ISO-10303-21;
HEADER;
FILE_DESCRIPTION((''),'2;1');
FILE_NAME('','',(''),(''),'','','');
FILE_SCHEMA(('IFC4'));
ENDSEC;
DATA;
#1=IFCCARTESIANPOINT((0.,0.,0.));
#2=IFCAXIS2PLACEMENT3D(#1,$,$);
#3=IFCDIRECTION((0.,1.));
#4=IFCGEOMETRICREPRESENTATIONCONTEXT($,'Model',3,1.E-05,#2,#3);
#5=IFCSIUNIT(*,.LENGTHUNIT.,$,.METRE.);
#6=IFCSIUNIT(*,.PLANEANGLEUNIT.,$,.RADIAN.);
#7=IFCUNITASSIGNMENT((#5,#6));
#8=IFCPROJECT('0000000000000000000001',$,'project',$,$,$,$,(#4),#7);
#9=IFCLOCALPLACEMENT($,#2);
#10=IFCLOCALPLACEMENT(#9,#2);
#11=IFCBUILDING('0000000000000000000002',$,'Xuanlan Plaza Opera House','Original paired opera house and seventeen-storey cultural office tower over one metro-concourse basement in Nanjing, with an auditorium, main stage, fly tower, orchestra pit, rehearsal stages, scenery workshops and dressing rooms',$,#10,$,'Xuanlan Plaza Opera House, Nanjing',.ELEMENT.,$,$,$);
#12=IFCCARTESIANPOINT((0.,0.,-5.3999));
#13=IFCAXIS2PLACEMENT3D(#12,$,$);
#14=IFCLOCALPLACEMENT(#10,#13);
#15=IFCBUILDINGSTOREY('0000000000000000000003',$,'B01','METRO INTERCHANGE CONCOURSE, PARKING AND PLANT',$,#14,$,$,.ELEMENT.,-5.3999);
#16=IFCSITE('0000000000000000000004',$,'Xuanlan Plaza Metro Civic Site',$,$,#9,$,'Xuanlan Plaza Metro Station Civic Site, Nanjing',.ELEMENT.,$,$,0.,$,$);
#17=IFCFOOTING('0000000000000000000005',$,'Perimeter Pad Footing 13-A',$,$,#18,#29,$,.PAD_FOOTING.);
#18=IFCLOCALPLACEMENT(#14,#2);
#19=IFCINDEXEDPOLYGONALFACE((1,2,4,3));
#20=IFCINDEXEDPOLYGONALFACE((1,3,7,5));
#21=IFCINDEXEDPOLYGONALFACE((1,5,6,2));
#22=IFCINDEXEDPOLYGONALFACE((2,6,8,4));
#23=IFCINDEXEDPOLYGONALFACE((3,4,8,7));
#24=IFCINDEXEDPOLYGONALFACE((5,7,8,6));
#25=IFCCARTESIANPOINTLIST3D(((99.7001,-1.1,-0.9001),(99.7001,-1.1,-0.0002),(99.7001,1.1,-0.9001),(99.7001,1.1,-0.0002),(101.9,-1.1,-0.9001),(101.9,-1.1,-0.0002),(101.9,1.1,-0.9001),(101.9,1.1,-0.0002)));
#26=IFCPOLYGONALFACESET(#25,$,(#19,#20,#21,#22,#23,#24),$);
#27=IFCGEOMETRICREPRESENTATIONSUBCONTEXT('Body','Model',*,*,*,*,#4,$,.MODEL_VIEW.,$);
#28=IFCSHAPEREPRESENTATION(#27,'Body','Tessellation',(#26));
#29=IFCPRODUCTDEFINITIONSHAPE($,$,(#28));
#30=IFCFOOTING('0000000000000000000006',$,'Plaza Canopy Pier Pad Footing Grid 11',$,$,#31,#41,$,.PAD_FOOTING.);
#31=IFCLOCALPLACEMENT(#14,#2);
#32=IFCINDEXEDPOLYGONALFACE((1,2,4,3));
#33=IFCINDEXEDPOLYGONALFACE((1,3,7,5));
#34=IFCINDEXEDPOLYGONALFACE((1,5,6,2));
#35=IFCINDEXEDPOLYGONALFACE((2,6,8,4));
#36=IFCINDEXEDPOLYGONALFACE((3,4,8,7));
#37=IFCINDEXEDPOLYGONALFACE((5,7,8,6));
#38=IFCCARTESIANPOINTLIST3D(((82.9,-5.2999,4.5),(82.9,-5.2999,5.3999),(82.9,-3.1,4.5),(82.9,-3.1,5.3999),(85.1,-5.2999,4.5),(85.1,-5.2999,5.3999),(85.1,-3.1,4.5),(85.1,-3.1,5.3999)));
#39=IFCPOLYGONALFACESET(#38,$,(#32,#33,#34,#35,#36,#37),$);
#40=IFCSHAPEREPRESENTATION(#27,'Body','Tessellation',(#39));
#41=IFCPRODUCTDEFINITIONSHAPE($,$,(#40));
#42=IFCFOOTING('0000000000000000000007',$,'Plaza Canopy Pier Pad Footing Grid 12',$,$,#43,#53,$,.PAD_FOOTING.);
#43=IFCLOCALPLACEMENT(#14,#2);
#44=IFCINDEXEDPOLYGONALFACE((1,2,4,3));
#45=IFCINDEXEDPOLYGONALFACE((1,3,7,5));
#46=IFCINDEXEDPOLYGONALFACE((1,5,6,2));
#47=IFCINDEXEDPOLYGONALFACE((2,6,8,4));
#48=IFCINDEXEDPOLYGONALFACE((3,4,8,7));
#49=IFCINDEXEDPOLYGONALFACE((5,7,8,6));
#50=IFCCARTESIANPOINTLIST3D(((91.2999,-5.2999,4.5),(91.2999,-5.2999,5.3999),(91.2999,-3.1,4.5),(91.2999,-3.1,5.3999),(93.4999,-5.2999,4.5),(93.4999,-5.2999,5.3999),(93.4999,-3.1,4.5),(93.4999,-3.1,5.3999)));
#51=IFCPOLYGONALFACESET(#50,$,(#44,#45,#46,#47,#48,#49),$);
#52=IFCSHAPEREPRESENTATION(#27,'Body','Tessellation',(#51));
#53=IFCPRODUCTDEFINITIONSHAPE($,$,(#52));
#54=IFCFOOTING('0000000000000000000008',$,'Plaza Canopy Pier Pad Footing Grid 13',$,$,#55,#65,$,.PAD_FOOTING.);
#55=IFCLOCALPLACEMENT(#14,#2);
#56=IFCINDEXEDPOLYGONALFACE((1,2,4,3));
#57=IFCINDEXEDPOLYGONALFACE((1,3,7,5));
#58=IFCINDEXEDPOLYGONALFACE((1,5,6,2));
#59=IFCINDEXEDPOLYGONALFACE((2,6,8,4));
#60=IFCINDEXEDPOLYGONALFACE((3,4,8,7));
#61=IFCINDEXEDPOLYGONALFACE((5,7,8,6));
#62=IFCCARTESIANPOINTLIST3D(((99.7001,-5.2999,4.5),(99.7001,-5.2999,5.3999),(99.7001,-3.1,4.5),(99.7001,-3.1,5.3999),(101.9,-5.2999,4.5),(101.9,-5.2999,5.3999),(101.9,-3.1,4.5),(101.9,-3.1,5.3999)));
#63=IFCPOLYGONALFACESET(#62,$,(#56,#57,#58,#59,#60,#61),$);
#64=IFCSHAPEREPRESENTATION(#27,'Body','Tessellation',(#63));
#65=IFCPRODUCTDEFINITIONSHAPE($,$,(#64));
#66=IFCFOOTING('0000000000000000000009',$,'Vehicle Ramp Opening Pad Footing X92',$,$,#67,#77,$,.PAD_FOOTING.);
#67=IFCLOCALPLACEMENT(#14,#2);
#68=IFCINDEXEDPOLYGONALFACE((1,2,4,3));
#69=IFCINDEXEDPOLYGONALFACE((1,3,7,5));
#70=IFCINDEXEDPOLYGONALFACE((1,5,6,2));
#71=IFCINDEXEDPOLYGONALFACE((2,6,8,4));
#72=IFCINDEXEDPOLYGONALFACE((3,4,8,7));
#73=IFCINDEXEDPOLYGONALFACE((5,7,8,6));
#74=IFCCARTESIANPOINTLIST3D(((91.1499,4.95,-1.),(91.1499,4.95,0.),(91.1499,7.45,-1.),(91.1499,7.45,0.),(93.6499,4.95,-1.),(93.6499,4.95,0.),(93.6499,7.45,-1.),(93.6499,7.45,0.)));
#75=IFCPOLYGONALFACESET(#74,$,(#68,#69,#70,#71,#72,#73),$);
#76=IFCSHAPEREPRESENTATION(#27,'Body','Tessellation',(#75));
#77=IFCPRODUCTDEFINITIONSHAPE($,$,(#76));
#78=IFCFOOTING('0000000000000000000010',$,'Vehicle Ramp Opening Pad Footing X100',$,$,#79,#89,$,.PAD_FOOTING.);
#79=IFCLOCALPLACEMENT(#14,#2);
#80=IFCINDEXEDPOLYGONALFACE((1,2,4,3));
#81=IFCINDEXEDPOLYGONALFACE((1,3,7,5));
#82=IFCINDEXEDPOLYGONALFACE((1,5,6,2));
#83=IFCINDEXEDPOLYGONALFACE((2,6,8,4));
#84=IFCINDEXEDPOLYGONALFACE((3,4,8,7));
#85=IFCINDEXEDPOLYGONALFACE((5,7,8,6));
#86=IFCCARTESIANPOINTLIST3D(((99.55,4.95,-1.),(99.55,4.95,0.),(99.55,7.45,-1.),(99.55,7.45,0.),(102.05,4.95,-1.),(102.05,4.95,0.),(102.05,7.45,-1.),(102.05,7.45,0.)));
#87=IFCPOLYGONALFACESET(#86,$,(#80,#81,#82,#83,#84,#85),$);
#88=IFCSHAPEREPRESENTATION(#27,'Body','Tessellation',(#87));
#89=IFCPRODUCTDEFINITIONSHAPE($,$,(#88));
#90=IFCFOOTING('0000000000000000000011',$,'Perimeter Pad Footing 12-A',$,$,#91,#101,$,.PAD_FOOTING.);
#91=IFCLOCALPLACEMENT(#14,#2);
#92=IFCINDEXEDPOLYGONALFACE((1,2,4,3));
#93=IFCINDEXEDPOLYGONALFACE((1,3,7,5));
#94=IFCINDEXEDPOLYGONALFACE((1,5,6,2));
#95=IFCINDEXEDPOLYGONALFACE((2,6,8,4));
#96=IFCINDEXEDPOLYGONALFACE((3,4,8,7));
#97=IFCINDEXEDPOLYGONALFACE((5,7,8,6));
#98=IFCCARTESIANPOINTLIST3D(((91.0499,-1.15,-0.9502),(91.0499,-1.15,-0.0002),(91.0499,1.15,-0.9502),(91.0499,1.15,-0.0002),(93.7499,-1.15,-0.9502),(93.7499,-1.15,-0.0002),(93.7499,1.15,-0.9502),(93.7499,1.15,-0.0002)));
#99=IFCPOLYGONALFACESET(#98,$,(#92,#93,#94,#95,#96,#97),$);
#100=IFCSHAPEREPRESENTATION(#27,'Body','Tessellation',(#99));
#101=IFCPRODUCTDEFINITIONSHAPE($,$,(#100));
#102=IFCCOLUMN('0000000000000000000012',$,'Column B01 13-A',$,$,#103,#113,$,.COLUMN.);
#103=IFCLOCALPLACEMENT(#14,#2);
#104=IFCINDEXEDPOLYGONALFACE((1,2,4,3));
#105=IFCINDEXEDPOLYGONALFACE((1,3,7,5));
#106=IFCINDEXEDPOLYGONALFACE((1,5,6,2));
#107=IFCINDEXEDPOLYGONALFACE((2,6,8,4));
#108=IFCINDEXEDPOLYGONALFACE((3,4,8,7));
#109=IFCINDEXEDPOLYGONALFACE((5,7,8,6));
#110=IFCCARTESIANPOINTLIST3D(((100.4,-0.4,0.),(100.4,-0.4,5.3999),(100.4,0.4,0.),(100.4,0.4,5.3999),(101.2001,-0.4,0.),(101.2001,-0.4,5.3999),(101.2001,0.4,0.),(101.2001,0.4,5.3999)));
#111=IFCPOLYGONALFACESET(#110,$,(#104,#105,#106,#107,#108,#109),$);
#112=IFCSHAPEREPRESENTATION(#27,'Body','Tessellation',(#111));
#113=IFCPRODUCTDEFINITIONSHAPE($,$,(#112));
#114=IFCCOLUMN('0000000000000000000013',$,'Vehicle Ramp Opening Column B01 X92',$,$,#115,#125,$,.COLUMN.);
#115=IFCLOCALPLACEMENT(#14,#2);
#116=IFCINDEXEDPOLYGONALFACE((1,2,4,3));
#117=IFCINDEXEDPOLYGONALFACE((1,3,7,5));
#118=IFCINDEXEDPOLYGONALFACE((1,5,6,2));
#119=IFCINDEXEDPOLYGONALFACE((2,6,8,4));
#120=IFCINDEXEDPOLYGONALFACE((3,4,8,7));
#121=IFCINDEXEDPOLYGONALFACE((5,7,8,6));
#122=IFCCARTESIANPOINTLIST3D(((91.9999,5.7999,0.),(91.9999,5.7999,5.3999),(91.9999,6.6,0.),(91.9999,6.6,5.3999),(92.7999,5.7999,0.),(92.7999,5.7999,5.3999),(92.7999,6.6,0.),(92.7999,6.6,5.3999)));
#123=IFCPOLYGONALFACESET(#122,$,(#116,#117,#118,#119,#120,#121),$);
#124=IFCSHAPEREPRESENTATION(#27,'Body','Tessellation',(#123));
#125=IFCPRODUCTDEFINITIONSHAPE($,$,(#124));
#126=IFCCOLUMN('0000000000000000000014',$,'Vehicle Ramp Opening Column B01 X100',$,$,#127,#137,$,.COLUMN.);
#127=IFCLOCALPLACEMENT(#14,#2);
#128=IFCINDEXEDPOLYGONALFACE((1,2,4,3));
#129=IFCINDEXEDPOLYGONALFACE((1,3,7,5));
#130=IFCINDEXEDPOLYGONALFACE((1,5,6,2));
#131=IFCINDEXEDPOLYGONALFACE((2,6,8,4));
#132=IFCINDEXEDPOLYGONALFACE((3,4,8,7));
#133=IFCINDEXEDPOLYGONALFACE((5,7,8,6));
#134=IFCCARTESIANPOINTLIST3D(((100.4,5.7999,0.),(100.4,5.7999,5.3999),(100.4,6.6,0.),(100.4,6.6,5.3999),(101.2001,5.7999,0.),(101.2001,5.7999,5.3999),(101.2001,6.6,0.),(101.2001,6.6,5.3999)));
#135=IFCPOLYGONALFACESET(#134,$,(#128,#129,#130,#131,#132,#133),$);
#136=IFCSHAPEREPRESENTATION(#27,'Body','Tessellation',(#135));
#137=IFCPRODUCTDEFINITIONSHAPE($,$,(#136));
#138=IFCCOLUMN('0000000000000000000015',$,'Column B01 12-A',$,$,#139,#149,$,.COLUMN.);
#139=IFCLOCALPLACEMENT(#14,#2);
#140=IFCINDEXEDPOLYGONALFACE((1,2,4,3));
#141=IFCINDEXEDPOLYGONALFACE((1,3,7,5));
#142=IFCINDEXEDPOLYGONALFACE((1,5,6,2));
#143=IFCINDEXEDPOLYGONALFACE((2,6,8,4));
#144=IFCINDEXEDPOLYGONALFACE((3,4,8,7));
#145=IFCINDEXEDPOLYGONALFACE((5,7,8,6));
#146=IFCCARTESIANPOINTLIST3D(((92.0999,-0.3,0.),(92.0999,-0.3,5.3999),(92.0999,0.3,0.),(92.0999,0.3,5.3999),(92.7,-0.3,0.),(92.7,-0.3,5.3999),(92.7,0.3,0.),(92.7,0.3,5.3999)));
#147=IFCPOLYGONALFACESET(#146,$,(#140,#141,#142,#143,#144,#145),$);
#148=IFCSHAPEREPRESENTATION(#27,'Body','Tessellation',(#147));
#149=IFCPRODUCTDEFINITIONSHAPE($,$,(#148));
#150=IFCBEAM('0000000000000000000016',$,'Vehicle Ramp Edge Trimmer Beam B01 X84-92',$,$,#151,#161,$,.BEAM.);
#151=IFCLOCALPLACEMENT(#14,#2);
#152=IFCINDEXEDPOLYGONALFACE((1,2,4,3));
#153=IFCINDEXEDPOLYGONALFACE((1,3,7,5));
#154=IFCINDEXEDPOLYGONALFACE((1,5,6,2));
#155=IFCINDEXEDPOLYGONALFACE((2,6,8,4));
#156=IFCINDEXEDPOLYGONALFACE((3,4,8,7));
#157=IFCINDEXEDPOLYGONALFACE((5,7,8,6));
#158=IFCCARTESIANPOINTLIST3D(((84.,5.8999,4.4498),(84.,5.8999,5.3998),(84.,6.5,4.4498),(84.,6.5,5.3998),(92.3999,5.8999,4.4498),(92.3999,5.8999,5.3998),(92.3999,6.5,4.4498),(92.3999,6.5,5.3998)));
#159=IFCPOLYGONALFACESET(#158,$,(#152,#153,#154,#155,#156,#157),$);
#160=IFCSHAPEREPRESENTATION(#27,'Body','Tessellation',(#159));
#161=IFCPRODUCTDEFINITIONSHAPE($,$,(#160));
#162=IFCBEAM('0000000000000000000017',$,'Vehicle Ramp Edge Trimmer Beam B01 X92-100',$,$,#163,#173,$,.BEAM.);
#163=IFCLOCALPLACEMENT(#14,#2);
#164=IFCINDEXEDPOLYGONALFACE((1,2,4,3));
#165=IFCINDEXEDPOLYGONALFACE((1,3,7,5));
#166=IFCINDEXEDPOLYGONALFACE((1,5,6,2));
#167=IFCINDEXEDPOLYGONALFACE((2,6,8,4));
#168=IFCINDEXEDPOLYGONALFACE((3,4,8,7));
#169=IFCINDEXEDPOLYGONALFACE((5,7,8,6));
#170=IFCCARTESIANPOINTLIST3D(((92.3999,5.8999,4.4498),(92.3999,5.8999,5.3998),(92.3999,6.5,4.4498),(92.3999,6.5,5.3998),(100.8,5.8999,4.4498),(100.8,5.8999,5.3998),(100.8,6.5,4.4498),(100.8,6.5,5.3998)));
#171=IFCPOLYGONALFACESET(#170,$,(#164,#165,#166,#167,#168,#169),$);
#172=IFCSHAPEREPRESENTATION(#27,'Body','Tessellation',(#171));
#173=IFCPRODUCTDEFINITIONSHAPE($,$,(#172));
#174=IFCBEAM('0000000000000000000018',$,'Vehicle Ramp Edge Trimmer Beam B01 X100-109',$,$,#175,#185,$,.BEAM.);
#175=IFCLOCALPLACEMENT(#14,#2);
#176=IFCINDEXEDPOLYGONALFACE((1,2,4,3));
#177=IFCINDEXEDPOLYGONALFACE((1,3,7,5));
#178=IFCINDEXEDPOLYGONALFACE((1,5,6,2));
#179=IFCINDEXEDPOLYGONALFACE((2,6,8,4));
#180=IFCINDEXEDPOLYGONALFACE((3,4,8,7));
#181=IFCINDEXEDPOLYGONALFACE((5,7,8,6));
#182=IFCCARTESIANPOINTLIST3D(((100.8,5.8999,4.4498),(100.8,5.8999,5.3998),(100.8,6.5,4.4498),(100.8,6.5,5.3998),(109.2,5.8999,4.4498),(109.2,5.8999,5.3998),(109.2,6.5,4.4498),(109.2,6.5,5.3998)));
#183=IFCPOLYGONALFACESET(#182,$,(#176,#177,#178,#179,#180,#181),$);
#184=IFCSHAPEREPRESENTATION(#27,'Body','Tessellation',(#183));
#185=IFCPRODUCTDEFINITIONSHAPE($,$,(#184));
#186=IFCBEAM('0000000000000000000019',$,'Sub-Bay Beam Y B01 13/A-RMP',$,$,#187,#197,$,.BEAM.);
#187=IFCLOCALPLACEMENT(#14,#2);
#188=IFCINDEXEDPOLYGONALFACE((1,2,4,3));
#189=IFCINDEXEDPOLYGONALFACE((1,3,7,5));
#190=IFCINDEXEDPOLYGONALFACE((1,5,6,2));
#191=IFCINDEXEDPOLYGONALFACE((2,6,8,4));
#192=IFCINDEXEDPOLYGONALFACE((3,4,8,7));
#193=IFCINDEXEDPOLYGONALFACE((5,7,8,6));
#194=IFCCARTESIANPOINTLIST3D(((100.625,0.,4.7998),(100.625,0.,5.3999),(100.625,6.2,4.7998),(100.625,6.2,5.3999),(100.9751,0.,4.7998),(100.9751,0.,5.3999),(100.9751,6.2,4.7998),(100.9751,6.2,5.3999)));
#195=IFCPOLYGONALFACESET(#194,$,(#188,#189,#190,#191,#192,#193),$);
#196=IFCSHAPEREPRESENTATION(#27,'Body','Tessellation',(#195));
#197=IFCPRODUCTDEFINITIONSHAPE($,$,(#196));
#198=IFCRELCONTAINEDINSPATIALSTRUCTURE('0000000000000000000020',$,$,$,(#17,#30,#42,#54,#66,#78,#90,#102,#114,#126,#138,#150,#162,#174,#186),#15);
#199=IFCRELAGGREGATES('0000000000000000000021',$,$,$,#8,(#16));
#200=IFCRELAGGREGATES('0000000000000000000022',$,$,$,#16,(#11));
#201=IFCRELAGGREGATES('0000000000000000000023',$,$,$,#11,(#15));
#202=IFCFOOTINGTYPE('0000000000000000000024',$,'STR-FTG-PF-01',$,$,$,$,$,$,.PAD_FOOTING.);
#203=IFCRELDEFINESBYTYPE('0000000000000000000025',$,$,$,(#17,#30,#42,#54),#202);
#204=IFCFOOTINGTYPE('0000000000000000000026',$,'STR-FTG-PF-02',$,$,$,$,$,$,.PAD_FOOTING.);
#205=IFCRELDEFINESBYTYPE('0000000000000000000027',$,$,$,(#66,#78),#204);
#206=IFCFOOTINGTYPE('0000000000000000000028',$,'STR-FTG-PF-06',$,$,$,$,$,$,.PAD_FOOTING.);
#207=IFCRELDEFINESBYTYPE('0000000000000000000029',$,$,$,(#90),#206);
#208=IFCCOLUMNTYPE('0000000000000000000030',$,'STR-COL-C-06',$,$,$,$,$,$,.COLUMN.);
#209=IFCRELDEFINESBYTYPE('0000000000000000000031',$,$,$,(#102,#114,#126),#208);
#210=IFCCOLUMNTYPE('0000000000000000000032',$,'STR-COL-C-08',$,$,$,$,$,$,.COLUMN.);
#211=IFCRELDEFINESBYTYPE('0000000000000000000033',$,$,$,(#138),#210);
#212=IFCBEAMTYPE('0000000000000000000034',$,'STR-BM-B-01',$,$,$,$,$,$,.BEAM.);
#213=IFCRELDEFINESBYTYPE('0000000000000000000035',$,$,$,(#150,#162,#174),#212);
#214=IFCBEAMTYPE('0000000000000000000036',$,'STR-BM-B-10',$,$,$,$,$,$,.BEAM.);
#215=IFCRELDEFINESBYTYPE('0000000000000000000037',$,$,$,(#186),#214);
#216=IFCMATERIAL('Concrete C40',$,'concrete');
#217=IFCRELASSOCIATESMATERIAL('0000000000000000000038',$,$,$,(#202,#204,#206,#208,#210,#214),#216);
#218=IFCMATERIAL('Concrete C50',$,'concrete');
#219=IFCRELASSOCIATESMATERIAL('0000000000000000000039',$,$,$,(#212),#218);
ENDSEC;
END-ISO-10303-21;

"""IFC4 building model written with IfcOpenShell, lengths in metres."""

from ifc_helpers import new_model, si_unit, direction, frame, origin, origin_2d, place, context, subcontext, project, spatial, rectangle, extrude, material, material_profile, profile_set, type_object, element, save


model = new_model("IFC4")

# Units and contexts
model_context = context("Model", 3, precision=1e-05, world=origin(), true_north=direction((0.0, 1.0)))
body_context = subcontext(model_context, "Body", "Model", "MODEL_VIEW")
ifc_project = project(units=[si_unit("LENGTHUNIT", "METRE"), si_unit("PLANEANGLEUNIT", "RADIAN")], contexts=[model_context])

# Site, building, storey
site_placement = place(None, origin())
site = spatial("IfcSite", under=ifc_project, at=site_placement, Name="Xuanlan Plaza Metro Civic Site", LongName="Xuanlan Plaza Metro Station Civic Site, Nanjing", CompositionType="ELEMENT", RefElevation=0.0)
building_placement = place(site_placement, origin())
building = spatial("IfcBuilding", under=site, at=building_placement, Name="Xuanlan Plaza Opera House", Description="Original paired opera house and seventeen-storey cultural office tower over one metro-concourse basement in Nanjing, with an auditorium, main stage, fly tower, orchestra pit, rehearsal stages, scenery workshops and dressing rooms", LongName="Xuanlan Plaza Opera House, Nanjing", CompositionType="ELEMENT")
storey_placement = place(building_placement, frame((0.0, 0.0, -5.3999)))
storey = spatial("IfcBuildingStorey", under=building, at=storey_placement, Name="B01", Description="METRO INTERCHANGE CONCOURSE, PARKING AND PLANT", CompositionType="ELEMENT", Elevation=-5.3999)

# Footings
ifc_material_1 = material(Name="Concrete C40", Category="concrete")
footing_type_1 = type_object("IfcFootingType", Name="STR-FTG-PF-01", PredefinedType="PAD_FOOTING", material=ifc_material_1)
for number, where, z_axis, x_axis, name in (
    (1, (100.8, 0.0, -0.9001), (0.0, 0.0, 1.0), (1.0, 0.0, 0.0), "Perimeter Pad Footing 13-A"),
    (2, (84.0, -4.2, 4.5), (0.0, 0.0, 1.0), (1.0, 0.0, 0.0), "Plaza Canopy Pier Pad Footing Grid 11"),
    (3, (92.3999, -4.2, 4.5), (0.0, 0.0, 1.0), (1.0, 0.0, 0.0), "Plaza Canopy Pier Pad Footing Grid 12"),
    (4, (100.8, -4.2, 4.5), (0.0, 0.0, 1.0), (1.0, 0.0, 0.0), "Plaza Canopy Pier Pad Footing Grid 13"),
):
    element("IfcFooting", number, at=place(storey_placement, frame(where, z_axis=z_axis, x_axis=x_axis)), inside=storey, type_object=footing_type_1, Name=name, PredefinedType="PAD_FOOTING", context=body_context, shape_type="SweptSolid", body=[
        extrude(rectangle(XDim=2.2, YDim=2.2, at=origin_2d()), origin(), (0.0, 0.0, 1.0), 0.8999),
    ])
footing_type_2 = type_object("IfcFootingType", Name="STR-FTG-PF-02", PredefinedType="PAD_FOOTING", material=ifc_material_1)
for number, where, z_axis, x_axis, name in (
    (5, (92.3999, 6.2, -1.0), (0.0, 0.0, 1.0), (1.0, 0.0, 0.0), "Vehicle Ramp Opening Pad Footing X92"),
    (6, (100.8, 6.2, -1.0), (0.0, 0.0, 1.0), (1.0, 0.0, 0.0), "Vehicle Ramp Opening Pad Footing X100"),
):
    element("IfcFooting", number, at=place(storey_placement, frame(where, z_axis=z_axis, x_axis=x_axis)), inside=storey, type_object=footing_type_2, Name=name, PredefinedType="PAD_FOOTING", context=body_context, shape_type="SweptSolid", body=[
        extrude(rectangle(XDim=2.5, YDim=2.5, at=origin_2d()), origin(), (0.0, 0.0, 1.0), 1.0),
    ])
footing_type_3 = type_object("IfcFootingType", Name="STR-FTG-PF-06", PredefinedType="PAD_FOOTING", material=ifc_material_1)
footing_placement = place(storey_placement, frame((92.3999, 0.0, -0.9502), z_axis=(0.0, 0.0, 1.0), x_axis=(1.0, 0.0, 0.0)))
element("IfcFooting", 7, at=footing_placement, inside=storey, type_object=footing_type_3, Name="Perimeter Pad Footing 12-A", PredefinedType="PAD_FOOTING", context=body_context, shape_type="SweptSolid", body=[
    extrude(rectangle(XDim=2.7, YDim=2.3, at=origin_2d()), origin(), (0.0, 0.0, 1.0), 0.95),
])

# Columns
ifc_material_profile_1 = material_profile(ifc_material_1, rectangle(XDim=0.8, YDim=0.8, at=origin_2d()), Name="RC-COL 800x800")
ifc_profile_set_1 = profile_set([ifc_material_profile_1], Name="Concrete C40")
column_type_1 = type_object("IfcColumnType", Name="STR-COL-C-06", PredefinedType="COLUMN", material=ifc_profile_set_1)
for number, where, z_axis, x_axis, name in (
    (8, (100.8, 0.0, 0.0), (0.0, 0.0, 1.0), (1.0, 0.0, 0.0), "Column B01 13-A"),
    (9, (92.3999, 6.2, 0.0), (0.0, 0.0, 1.0), (1.0, 0.0, 0.0), "Vehicle Ramp Opening Column B01 X92"),
    (10, (100.8, 6.2, 0.0), (0.0, 0.0, 1.0), (1.0, 0.0, 0.0), "Vehicle Ramp Opening Column B01 X100"),
):
    element("IfcColumn", number, at=place(storey_placement, frame(where, z_axis=z_axis, x_axis=x_axis)), inside=storey, type_object=column_type_1, Name=name, PredefinedType="COLUMN", context=body_context, shape_type="SweptSolid", body=[
        extrude(rectangle(XDim=0.8, YDim=0.8, at=origin_2d()), origin(), (0.0, 0.0, 1.0), 5.3999),
    ])
ifc_material_profile_2 = material_profile(ifc_material_1, rectangle(XDim=0.6001, YDim=0.6001, at=origin_2d()), Name="RC-COL 600x600")
ifc_profile_set_2 = profile_set([ifc_material_profile_2], Name="Concrete C40")
column_type_2 = type_object("IfcColumnType", Name="STR-COL-C-08", PredefinedType="COLUMN", material=ifc_profile_set_2)
column_placement = place(storey_placement, frame((92.3999, 0.0, 0.0), z_axis=(0.0, 0.0, 1.0), x_axis=(1.0, 0.0, 0.0)))
element("IfcColumn", 11, at=column_placement, inside=storey, type_object=column_type_2, Name="Column B01 12-A", PredefinedType="COLUMN", context=body_context, shape_type="SweptSolid", body=[
    extrude(rectangle(XDim=0.6001, YDim=0.6001, at=origin_2d()), origin(), (0.0, 0.0, 1.0), 5.3999),
])

# Beams
ifc_material_2 = material(Name="Concrete C50", Category="concrete")
ifc_material_profile_3 = material_profile(ifc_material_2, rectangle(XDim=0.6001, YDim=0.95, at=origin_2d()), Name="RC-BM 600x950")
ifc_profile_set_3 = profile_set([ifc_material_profile_3], Name="Concrete C50")
beam_type_1 = type_object("IfcBeamType", Name="STR-BM-B-01", PredefinedType="BEAM", material=ifc_profile_set_3)
beam_1_placement = place(storey_placement, frame((84.0, 6.2, 4.9248), z_axis=(1.0, 0.0, 0.0), x_axis=(0.0, 1.0, 0.0)))
element("IfcBeam", 12, at=beam_1_placement, inside=storey, type_object=beam_type_1, Name="Vehicle Ramp Edge Trimmer Beam B01 X84-92", PredefinedType="BEAM", context=body_context, shape_type="SweptSolid", body=[
    extrude(rectangle(XDim=0.6001, YDim=0.95, at=origin_2d()), origin(), (0.0, 0.0, 1.0), 8.3999),
])
beam_2_placement = place(storey_placement, frame((92.3999, 6.2, 4.9248), z_axis=(1.0, 0.0, 0.0), x_axis=(0.0, 1.0, 0.0)))
element("IfcBeam", 13, at=beam_2_placement, inside=storey, type_object=beam_type_1, Name="Vehicle Ramp Edge Trimmer Beam B01 X92-100", PredefinedType="BEAM", context=body_context, shape_type="SweptSolid", body=[
    extrude(rectangle(XDim=0.6001, YDim=0.95, at=origin_2d()), origin(), (0.0, 0.0, 1.0), 8.4001),
])
beam_3_placement = place(storey_placement, frame((100.8, 6.2, 4.9248), z_axis=(1.0, 0.0, 0.0), x_axis=(0.0, 1.0, 0.0)))
element("IfcBeam", 14, at=beam_3_placement, inside=storey, type_object=beam_type_1, Name="Vehicle Ramp Edge Trimmer Beam B01 X100-109", PredefinedType="BEAM", context=body_context, shape_type="SweptSolid", body=[
    extrude(rectangle(XDim=0.6001, YDim=0.95, at=origin_2d()), origin(), (0.0, 0.0, 1.0), 8.3999),
])
ifc_material_profile_4 = material_profile(ifc_material_1, rectangle(XDim=0.3501, YDim=0.6001, at=origin_2d()), Name="RC-BM 350x600")
ifc_profile_set_4 = profile_set([ifc_material_profile_4], Name="Concrete C40")
beam_type_2 = type_object("IfcBeamType", Name="STR-BM-B-10", PredefinedType="BEAM", material=ifc_profile_set_4)
beam_4_placement = place(storey_placement, frame((100.8, 0.0, 5.0999), z_axis=(0.0, 1.0, 0.0), x_axis=(-1.0, 0.0, 0.0)))
element("IfcBeam", 15, at=beam_4_placement, inside=storey, type_object=beam_type_2, Name="Sub-Bay Beam Y B01 13/A-RMP", PredefinedType="BEAM", context=body_context, shape_type="SweptSolid", body=[
    extrude(rectangle(XDim=0.3501, YDim=0.6001, at=origin_2d()), origin(), (0.0, 0.0, 1.0), 6.2),
])

save(model, "model.ifc")
